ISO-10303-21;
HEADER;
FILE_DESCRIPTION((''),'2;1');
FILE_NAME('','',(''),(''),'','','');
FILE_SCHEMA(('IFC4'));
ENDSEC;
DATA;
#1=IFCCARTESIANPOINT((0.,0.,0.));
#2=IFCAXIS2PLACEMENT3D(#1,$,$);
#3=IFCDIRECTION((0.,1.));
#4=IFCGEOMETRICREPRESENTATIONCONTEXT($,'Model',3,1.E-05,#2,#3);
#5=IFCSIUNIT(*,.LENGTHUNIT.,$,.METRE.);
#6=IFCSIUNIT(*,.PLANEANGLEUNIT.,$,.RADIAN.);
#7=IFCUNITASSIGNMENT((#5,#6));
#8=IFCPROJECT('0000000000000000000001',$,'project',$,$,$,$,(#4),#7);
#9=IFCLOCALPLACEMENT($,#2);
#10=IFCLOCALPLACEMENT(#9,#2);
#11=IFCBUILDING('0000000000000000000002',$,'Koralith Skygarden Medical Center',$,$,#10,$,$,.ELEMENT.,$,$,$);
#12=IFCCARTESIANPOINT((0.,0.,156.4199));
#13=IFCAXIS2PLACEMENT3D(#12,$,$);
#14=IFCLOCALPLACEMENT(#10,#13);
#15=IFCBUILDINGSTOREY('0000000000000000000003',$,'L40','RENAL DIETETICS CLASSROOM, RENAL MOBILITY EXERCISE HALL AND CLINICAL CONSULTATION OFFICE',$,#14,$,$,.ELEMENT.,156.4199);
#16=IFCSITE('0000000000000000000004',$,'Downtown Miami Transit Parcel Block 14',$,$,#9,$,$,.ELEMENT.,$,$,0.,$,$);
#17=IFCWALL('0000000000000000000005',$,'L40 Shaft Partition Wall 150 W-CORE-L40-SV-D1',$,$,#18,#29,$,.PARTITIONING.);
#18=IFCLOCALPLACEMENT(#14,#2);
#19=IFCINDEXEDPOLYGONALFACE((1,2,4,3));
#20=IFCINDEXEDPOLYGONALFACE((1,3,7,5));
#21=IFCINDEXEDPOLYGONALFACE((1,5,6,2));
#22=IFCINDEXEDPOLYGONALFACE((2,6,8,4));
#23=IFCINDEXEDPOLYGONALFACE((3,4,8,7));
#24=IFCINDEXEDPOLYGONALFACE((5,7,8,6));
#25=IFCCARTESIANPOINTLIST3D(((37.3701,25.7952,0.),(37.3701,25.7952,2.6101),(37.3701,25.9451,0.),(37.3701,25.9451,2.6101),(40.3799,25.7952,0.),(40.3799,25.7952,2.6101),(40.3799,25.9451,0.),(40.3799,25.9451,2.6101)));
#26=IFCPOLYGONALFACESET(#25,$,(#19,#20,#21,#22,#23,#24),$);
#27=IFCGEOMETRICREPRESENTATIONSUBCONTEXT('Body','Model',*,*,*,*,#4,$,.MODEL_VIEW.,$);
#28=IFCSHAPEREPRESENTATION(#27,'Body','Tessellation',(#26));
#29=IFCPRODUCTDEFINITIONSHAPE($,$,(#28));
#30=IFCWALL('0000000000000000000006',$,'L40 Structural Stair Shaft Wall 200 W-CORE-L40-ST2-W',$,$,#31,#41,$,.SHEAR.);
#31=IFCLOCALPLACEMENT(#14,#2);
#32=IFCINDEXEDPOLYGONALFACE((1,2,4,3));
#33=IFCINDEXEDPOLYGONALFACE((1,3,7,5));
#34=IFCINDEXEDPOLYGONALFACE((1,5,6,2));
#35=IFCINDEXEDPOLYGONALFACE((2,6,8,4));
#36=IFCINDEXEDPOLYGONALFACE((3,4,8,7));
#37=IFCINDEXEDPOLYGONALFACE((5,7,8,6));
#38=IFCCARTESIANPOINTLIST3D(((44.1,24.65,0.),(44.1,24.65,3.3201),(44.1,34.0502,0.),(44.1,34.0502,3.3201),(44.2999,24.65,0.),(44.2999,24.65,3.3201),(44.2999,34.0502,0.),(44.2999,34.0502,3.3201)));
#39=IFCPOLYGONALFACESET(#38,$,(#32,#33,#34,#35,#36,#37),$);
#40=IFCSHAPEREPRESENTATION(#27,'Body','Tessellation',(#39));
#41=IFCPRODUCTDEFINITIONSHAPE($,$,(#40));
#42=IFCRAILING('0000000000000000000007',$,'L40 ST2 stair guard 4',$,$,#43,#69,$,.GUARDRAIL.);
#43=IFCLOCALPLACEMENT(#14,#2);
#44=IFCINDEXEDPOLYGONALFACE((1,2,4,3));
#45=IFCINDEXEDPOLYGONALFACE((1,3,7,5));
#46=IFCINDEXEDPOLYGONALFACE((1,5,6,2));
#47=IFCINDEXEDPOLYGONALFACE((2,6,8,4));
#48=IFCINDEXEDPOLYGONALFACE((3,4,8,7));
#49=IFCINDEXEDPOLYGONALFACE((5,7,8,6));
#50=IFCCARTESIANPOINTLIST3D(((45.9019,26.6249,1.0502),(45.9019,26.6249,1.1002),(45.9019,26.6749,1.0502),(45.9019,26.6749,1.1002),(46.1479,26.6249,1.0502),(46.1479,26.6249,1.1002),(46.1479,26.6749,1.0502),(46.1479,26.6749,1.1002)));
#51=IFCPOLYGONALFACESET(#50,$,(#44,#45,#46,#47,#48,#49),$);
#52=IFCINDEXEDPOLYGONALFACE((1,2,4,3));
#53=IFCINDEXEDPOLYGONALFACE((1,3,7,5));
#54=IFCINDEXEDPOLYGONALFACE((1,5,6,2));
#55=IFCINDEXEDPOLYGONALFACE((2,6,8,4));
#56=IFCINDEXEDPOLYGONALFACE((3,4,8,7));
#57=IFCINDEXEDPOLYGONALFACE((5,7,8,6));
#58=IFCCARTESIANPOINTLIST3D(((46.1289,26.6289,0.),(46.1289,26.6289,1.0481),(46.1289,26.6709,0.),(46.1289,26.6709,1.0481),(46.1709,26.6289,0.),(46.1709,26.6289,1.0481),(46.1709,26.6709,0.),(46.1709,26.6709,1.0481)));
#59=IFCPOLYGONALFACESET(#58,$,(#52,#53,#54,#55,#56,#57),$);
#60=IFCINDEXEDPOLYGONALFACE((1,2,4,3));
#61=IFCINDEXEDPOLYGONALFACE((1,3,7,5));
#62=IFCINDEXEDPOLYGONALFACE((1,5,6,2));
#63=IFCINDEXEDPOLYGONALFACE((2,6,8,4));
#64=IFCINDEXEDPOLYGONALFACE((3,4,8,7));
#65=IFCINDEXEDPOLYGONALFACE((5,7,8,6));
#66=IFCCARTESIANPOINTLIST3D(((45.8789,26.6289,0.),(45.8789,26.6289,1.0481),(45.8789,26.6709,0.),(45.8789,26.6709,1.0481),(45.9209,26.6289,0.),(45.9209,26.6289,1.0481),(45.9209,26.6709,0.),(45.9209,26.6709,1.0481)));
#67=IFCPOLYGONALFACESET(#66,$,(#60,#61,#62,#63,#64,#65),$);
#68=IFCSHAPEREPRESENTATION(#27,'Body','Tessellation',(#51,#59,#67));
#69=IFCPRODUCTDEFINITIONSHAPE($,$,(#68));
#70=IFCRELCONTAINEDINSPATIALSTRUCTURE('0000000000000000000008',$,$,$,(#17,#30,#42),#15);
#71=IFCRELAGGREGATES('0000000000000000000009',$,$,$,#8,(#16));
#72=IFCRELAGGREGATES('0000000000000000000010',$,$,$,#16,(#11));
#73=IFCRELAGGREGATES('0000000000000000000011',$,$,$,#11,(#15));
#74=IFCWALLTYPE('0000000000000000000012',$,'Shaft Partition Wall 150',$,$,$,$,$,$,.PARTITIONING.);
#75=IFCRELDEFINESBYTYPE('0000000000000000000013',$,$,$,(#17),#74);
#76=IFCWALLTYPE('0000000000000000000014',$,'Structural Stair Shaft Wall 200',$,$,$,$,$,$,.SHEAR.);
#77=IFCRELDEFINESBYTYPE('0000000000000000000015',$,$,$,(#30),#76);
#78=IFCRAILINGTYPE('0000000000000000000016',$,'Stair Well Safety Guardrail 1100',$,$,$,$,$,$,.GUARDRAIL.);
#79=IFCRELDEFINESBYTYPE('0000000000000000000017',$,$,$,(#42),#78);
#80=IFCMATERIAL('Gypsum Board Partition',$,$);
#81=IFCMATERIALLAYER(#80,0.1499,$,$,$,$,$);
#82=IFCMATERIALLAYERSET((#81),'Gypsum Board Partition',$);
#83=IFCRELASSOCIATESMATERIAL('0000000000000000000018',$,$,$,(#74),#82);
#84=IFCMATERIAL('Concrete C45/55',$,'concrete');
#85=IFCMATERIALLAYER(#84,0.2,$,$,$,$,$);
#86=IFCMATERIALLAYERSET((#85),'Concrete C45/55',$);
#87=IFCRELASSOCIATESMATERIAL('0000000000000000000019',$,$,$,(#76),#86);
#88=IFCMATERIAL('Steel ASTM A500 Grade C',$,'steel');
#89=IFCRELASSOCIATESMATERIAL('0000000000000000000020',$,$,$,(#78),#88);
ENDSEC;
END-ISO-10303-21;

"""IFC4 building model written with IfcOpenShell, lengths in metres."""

from ifc_helpers import new_model, si_unit, direction, frame, frame_2d, origin, origin_2d, place, context, subcontext, project, spatial, rectangle, extrude, material, layer, layer_set, type_object, element, save


model = new_model("IFC4")

# Units and contexts
model_context = context("Model", 3, precision=1e-05, world=origin(), true_north=direction((0.0, 1.0)))
body_context = subcontext(model_context, "Body", "Model", "MODEL_VIEW")
ifc_project = project(units=[si_unit("LENGTHUNIT", "METRE"), si_unit("PLANEANGLEUNIT", "RADIAN")], contexts=[model_context])

# Site, building, storey
site_placement = place(None, origin())
site = spatial("IfcSite", under=ifc_project, at=site_placement, Name="Downtown Miami Transit Parcel Block 14", CompositionType="ELEMENT", RefElevation=0.0)
building_placement = place(site_placement, origin())
building = spatial("IfcBuilding", under=site, at=building_placement, Name="Koralith Skygarden Medical Center", CompositionType="ELEMENT")
storey_placement = place(building_placement, frame((0.0, 0.0, 156.4199)))
storey = spatial("IfcBuildingStorey", under=building, at=storey_placement, Name="L40", Description="RENAL DIETETICS CLASSROOM, RENAL MOBILITY EXERCISE HALL AND CLINICAL CONSULTATION OFFICE", CompositionType="ELEMENT", Elevation=156.4199)

# Shared definitions
ifc_material_1 = material(Name="Concrete C45/55", Category="concrete")

# Shared definitions
ifc_material_2 = material(Name="Gypsum Board Partition")

# Shared definitions
ifc_material_3 = material(Name="Steel ASTM A500 Grade C", Category="steel")

# Walls
ifc_layer_1 = layer(ifc_material_2, 0.1499)
ifc_layer_set_1 = layer_set([ifc_layer_1], Name="Gypsum Board Partition")
wall_type_1 = type_object("IfcWallType", Name="Shaft Partition Wall 150", PredefinedType="PARTITIONING", material=ifc_layer_set_1)
wall_1_placement = place(storey_placement, frame((37.3701, 25.8701, 0.0), z_axis=(0.0, 0.0, 1.0), x_axis=(1.0, 0.0, 0.0)))
element("IfcWall", 1, at=wall_1_placement, inside=storey, type_object=wall_type_1, Name="L40 Shaft Partition Wall 150 W-CORE-L40-SV-D1", PredefinedType="PARTITIONING", context=body_context, shape_type="SweptSolid", body=[
    extrude(rectangle(XDim=3.0098, YDim=0.1499, at=frame_2d((1.5049, 0.0))), origin(), (0.0, 0.0, 1.0), 2.6101),
])
ifc_layer_2 = layer(ifc_material_1, 0.2)
ifc_layer_set_2 = layer_set([ifc_layer_2], Name="Concrete C45/55")
wall_type_2 = type_object("IfcWallType", Name="Structural Stair Shaft Wall 200", PredefinedType="SHEAR", material=ifc_layer_set_2)
wall_2_placement = place(storey_placement, frame((44.2, 24.6499, 0.0), z_axis=(0.0, 0.0, 1.0), x_axis=(0.0, 1.0, 0.0)))
element("IfcWall", 2, at=wall_2_placement, inside=storey, type_object=wall_type_2, Name="L40 Structural Stair Shaft Wall 200 W-CORE-L40-ST2-W", PredefinedType="SHEAR", context=body_context, shape_type="SweptSolid", body=[
    extrude(rectangle(XDim=9.4001, YDim=0.2, at=frame_2d((4.7002, 0.0))), origin(), (0.0, 0.0, 1.0), 3.3201),
])

# Railing
railing_type = type_object("IfcRailingType", Name="Stair Well Safety Guardrail 1100", PredefinedType="GUARDRAIL", material=ifc_material_3)
railing_placement = place(storey_placement, frame((46.1499, 26.6499, 0.0)))
element("IfcRailing", 3, at=railing_placement, inside=storey, type_object=railing_type, Name="L40 ST2 stair guard 4", PredefinedType="GUARDRAIL", context=body_context, shape_type="SweptSolid", body=[
    extrude(rectangle(XDim=0.05, YDim=0.05, at=origin_2d()), frame((-0.002, 0.0, 1.0752), z_axis=(-1.0, 0.0, 0.0), x_axis=(0.0, -1.0, 0.0)), (0.0, 0.0, 1.0), 0.2461),
    extrude(rectangle(XDim=0.042, YDim=0.042, at=origin_2d()), origin(), (0.0, 0.0, 1.0), 1.0481),
    extrude(rectangle(XDim=0.042, YDim=0.042, at=origin_2d()), frame((-0.25, 0.0, 0.0)), (0.0, 0.0, 1.0), 1.0481),
])

save(model, "model.ifc")
